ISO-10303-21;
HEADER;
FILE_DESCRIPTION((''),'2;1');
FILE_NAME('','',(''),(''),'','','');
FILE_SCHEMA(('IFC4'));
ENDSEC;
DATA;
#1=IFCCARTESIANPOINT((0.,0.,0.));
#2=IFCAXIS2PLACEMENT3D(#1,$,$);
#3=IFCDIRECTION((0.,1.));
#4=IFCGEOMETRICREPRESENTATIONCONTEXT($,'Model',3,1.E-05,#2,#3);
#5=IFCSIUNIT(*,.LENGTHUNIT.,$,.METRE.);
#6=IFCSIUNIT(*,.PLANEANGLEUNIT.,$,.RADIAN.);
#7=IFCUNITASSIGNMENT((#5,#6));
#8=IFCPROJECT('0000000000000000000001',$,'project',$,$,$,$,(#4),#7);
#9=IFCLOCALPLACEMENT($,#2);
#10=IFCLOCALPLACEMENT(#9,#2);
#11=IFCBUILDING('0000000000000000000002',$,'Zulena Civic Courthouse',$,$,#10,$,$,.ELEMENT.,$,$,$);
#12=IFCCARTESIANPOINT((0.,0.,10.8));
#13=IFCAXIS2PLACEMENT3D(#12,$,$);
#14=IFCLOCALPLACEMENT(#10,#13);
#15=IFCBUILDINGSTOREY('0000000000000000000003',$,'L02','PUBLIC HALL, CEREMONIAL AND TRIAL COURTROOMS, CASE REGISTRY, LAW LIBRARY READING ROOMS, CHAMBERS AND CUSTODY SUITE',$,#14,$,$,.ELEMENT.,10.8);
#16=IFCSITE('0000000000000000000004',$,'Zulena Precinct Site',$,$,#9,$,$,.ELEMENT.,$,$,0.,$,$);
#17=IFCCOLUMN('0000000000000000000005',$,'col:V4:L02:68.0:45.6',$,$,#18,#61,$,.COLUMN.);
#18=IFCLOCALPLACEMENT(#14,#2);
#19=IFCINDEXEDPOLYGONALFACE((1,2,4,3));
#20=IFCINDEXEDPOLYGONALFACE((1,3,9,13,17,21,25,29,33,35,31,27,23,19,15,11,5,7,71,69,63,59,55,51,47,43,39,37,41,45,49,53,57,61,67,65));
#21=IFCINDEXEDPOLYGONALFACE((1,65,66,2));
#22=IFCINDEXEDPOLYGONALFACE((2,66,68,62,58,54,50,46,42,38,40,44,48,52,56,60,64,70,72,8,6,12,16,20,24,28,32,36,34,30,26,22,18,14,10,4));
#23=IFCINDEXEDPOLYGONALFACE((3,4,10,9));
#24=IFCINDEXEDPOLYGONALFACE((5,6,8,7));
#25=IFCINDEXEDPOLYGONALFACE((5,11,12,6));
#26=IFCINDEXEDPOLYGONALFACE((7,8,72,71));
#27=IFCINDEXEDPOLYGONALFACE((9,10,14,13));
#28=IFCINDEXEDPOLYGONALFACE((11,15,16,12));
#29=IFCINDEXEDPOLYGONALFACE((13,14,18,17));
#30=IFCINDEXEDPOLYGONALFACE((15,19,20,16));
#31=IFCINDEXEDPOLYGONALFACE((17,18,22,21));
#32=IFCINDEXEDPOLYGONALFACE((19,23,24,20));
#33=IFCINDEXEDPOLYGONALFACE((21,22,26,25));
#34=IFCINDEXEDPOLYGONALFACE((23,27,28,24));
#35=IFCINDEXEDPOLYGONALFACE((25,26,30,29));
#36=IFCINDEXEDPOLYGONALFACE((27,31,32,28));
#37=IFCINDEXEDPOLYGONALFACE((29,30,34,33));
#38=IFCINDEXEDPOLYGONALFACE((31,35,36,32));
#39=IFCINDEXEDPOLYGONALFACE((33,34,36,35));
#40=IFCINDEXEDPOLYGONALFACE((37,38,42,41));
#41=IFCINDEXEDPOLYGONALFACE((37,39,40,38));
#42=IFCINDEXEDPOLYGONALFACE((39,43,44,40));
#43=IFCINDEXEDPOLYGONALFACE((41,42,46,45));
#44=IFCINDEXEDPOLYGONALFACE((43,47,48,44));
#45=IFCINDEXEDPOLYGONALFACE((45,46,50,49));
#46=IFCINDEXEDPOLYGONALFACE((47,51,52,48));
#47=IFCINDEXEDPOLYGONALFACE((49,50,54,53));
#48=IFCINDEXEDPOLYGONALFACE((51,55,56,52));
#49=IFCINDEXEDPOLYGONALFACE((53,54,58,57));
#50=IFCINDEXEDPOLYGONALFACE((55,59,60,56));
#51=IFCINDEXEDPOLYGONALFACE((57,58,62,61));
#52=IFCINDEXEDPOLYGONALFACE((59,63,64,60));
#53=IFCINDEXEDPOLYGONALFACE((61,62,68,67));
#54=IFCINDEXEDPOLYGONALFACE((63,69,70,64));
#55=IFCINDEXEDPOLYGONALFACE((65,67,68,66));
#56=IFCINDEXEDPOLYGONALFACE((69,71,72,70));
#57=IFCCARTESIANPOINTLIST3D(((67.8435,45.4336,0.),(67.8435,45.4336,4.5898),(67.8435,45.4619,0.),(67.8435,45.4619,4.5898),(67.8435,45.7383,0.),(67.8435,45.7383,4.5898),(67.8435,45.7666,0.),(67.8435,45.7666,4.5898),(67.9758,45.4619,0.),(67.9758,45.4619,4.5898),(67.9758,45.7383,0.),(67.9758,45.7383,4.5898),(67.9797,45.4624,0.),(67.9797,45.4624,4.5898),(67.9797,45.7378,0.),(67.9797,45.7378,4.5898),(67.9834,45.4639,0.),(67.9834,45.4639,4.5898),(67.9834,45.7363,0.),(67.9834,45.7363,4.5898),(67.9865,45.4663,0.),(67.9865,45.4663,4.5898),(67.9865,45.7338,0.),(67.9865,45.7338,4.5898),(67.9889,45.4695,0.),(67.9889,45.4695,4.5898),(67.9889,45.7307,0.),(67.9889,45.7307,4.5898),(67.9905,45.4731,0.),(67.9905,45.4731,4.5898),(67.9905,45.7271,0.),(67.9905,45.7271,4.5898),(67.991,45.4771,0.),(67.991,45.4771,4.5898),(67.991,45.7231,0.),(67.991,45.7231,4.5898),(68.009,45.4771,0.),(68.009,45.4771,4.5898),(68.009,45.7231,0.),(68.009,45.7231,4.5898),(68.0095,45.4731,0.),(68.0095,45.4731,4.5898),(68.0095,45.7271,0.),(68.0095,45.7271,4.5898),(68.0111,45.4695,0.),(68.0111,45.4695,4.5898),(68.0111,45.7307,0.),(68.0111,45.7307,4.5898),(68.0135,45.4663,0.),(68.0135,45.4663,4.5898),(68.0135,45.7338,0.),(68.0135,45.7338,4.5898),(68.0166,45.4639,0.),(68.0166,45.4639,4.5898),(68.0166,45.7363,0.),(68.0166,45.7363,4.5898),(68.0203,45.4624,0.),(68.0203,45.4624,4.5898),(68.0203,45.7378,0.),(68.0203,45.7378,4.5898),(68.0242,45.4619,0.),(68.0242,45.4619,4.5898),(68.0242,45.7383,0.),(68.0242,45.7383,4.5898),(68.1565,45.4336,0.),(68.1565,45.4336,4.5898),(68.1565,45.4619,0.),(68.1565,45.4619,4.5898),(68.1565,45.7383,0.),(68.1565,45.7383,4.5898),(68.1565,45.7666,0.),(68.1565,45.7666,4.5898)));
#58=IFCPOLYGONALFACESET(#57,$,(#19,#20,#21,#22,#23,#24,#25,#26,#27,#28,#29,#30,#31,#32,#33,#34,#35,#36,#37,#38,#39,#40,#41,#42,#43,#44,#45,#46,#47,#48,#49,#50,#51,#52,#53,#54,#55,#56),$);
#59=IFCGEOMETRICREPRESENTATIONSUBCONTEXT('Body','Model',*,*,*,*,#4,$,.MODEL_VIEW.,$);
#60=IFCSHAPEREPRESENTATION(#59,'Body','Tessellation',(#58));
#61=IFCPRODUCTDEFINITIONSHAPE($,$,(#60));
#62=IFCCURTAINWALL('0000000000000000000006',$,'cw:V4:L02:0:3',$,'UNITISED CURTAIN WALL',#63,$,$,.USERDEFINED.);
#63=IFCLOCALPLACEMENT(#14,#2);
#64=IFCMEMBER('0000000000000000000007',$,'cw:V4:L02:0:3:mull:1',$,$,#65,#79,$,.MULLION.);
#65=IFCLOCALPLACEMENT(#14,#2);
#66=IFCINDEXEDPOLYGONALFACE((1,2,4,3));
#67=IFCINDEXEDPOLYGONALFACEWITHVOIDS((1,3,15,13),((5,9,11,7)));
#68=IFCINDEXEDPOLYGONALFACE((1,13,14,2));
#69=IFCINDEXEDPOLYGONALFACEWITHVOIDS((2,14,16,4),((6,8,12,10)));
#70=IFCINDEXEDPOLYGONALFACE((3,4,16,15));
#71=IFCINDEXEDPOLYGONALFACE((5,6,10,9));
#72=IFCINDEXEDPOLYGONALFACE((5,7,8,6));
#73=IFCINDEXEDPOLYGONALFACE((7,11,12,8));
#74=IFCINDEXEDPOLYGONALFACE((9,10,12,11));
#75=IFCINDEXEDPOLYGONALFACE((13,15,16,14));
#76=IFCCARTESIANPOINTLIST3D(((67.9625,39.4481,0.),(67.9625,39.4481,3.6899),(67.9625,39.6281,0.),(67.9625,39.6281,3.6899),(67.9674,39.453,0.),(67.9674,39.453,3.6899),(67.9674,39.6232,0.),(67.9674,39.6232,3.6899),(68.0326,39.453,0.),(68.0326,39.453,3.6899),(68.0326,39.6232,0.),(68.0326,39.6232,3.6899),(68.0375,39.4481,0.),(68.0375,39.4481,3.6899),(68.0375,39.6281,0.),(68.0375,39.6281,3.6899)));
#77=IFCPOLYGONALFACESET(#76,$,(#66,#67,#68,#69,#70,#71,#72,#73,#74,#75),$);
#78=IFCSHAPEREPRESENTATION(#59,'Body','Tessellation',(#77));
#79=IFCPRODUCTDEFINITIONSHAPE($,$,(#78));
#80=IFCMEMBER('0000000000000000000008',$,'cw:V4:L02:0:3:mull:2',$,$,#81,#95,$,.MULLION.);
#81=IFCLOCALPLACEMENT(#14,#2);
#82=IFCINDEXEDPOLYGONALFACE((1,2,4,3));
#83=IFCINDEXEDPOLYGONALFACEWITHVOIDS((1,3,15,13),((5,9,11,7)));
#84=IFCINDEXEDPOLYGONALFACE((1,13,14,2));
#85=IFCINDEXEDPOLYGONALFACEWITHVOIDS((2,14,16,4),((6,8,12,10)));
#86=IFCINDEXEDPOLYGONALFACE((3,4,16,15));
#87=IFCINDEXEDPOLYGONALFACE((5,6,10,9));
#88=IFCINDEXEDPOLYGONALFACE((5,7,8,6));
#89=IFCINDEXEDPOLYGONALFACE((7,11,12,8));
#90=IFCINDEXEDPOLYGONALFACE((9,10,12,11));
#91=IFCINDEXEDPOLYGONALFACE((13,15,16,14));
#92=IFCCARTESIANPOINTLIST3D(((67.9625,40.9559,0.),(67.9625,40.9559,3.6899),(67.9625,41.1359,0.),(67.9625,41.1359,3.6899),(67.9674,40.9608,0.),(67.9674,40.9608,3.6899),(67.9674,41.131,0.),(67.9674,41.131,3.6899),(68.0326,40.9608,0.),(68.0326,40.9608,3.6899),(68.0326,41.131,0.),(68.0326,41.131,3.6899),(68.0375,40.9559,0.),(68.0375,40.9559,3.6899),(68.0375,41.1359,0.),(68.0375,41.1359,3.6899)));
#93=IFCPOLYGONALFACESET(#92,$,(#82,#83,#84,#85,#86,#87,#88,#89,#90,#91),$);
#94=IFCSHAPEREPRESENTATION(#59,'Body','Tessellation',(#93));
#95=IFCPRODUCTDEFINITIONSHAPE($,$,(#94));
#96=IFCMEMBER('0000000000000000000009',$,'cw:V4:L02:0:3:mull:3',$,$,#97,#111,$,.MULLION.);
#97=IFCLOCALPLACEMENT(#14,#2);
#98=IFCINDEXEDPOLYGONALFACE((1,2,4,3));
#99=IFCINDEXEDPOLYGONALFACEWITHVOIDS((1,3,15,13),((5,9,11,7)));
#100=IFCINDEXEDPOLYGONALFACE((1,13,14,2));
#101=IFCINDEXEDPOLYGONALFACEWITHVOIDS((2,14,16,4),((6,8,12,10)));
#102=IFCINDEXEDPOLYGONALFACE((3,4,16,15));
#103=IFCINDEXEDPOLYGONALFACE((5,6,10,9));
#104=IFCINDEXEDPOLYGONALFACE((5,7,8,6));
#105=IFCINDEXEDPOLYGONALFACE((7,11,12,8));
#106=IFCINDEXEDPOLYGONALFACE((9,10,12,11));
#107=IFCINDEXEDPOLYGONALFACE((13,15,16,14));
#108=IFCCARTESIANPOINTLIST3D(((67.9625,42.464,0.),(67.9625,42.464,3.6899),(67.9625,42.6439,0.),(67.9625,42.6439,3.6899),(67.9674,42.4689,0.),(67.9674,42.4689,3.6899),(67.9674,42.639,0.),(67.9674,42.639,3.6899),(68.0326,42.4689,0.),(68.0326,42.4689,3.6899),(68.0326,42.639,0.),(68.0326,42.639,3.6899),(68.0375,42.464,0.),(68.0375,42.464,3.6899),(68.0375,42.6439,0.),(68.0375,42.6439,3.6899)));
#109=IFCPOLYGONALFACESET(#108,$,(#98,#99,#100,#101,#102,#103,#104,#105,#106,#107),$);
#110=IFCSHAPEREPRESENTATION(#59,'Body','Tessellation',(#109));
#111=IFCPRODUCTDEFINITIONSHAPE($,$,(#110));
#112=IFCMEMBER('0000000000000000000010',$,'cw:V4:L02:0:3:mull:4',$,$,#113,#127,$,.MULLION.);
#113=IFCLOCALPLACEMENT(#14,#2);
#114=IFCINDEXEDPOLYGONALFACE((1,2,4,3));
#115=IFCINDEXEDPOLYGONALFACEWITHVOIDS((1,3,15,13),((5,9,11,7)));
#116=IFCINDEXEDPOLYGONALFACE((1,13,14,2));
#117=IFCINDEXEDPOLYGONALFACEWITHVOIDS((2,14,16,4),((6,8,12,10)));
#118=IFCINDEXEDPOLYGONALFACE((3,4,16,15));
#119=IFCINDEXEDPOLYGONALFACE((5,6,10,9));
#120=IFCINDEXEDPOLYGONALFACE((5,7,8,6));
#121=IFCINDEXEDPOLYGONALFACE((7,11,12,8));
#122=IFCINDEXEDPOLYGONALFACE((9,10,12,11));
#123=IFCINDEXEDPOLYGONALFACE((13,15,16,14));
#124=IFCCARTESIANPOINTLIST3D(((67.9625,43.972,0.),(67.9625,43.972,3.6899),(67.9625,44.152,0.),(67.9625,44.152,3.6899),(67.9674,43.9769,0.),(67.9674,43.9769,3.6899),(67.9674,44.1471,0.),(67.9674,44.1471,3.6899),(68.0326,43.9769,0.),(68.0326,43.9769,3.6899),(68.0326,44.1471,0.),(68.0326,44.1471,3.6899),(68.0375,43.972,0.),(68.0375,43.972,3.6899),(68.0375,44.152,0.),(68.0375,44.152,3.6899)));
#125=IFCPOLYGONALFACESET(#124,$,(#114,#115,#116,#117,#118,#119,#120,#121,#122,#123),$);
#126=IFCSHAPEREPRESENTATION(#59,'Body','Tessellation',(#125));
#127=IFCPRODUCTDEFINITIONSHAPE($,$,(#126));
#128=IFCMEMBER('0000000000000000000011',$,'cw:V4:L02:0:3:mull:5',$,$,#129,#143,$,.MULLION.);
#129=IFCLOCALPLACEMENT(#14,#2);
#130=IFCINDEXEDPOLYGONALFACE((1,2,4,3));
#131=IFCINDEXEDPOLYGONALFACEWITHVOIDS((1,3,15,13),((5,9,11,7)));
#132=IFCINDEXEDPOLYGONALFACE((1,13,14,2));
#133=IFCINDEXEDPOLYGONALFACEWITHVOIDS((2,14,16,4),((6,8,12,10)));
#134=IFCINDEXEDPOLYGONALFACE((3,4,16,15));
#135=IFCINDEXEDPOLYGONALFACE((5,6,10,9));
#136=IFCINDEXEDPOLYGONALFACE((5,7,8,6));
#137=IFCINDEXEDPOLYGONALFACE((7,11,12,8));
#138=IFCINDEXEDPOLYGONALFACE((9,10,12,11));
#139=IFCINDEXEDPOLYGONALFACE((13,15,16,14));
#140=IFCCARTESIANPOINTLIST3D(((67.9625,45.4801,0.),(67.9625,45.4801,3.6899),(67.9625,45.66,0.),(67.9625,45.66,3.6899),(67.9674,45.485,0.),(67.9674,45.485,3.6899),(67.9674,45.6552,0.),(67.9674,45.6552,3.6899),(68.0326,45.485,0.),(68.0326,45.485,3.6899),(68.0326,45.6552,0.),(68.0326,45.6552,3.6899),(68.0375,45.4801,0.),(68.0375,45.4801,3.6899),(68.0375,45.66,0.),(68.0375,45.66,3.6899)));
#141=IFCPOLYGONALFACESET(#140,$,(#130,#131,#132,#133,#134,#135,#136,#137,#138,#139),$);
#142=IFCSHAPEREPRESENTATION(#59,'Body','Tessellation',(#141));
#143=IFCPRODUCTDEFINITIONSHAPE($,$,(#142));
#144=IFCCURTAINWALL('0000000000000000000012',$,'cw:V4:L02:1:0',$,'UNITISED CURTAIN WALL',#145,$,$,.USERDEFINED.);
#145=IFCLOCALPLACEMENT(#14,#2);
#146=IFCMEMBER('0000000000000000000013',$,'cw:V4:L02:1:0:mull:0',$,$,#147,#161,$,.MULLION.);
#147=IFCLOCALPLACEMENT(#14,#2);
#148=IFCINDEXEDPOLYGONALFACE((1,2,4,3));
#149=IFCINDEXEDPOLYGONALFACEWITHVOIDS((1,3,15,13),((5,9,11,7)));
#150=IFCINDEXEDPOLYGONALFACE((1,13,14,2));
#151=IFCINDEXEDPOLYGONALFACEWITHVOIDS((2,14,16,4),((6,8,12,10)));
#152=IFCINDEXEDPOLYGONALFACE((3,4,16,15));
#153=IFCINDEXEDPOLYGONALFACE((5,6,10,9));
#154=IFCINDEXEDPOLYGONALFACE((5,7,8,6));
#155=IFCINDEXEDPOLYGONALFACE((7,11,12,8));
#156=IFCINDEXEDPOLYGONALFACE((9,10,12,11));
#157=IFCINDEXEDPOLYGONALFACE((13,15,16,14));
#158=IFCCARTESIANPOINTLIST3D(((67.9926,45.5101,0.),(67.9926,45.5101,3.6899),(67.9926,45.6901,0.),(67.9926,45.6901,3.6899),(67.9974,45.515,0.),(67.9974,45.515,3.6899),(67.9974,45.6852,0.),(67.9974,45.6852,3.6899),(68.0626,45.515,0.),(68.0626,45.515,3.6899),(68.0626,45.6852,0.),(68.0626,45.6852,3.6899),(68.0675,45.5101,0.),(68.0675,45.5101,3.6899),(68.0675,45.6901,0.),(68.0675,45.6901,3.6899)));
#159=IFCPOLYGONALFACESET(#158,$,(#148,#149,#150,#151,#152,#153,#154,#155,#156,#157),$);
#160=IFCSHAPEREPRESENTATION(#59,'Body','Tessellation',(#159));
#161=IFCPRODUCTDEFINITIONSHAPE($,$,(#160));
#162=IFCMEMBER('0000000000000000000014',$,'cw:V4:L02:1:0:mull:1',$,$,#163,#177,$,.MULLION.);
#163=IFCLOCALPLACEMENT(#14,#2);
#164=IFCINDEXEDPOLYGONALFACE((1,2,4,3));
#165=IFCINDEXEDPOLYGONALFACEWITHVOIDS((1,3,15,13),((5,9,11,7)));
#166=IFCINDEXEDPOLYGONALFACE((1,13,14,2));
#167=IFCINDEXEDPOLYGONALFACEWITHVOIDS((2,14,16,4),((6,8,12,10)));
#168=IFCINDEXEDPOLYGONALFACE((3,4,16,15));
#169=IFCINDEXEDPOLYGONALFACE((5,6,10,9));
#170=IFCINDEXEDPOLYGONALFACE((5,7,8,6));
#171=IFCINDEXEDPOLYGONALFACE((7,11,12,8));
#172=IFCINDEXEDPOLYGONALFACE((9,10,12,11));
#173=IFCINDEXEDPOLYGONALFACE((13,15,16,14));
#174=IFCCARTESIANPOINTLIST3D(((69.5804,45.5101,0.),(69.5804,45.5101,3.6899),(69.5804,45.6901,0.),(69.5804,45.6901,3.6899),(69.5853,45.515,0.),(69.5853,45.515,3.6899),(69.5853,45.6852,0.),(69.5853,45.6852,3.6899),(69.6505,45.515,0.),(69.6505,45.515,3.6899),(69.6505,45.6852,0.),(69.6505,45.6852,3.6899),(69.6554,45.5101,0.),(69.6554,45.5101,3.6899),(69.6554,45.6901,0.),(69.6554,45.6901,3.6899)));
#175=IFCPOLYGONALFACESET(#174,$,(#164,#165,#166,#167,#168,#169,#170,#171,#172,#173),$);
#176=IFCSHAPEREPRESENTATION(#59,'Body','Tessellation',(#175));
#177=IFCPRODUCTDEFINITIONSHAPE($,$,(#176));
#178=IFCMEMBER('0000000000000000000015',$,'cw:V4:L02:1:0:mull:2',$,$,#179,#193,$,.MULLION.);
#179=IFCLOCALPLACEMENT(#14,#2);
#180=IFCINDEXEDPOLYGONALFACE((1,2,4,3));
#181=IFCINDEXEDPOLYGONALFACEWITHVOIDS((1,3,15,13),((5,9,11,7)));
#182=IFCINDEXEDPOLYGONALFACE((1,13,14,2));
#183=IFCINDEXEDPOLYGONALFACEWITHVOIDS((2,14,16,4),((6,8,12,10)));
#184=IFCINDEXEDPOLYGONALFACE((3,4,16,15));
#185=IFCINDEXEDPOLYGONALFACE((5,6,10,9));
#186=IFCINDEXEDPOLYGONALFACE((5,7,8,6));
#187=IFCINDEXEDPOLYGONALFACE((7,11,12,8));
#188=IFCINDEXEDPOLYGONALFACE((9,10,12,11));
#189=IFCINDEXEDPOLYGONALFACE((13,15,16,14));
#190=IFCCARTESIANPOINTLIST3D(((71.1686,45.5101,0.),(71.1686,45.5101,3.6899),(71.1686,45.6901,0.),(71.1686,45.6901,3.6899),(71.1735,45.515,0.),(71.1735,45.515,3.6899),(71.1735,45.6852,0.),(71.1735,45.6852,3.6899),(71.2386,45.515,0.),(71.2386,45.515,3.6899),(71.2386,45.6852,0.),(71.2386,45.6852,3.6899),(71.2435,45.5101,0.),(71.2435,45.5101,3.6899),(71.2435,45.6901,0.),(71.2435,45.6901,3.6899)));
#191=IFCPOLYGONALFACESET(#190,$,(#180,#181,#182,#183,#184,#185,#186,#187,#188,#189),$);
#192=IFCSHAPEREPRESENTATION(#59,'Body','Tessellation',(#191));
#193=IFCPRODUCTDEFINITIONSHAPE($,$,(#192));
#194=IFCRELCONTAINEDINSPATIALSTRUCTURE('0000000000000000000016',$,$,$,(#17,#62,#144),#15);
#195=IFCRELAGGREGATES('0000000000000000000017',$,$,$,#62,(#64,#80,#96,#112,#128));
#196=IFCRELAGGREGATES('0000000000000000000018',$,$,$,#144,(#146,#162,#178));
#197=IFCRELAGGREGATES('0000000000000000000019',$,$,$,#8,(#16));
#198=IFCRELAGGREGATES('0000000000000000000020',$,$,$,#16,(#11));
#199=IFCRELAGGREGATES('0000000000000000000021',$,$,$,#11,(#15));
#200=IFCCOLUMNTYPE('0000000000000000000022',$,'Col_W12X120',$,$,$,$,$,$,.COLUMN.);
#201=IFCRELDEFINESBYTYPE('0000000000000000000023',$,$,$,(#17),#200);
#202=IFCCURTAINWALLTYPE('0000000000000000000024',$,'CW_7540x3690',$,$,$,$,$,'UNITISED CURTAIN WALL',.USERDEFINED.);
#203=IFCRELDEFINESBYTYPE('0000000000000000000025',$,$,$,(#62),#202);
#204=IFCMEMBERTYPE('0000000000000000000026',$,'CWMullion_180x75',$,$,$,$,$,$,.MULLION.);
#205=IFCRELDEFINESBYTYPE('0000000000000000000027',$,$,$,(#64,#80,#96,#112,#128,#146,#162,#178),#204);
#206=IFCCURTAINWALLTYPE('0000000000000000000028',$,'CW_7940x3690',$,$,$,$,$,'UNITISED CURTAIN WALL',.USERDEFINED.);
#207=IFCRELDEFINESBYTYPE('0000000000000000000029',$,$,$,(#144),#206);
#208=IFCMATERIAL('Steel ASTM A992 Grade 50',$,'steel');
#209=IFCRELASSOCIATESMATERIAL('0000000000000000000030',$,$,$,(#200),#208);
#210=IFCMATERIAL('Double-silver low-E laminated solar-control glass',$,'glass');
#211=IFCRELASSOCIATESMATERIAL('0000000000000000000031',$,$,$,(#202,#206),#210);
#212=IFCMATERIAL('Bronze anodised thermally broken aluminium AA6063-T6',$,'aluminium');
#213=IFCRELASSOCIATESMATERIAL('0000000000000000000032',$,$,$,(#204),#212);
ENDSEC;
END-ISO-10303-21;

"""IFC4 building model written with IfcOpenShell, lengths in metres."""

from ifc_helpers import new_model, si_unit, direction, frame, origin, origin_2d, place, context, subcontext, project, spatial, hollow_rectangle, i_section, extrude, material, material_profile, profile_set, type_object, element, aggregate, save


model = new_model("IFC4")

# Units and contexts
model_context = context("Model", 3, precision=1e-05, world=origin(), true_north=direction((0.0, 1.0)))
body_context = subcontext(model_context, "Body", "Model", "MODEL_VIEW")
ifc_project = project(units=[si_unit("LENGTHUNIT", "METRE"), si_unit("PLANEANGLEUNIT", "RADIAN")], contexts=[model_context])

# Site, building, storey
site_placement = place(None, origin())
site = spatial("IfcSite", under=ifc_project, at=site_placement, Name="Zulena Precinct Site", CompositionType="ELEMENT", RefElevation=0.0)
building_placement = place(site_placement, origin())
building = spatial("IfcBuilding", under=site, at=building_placement, Name="Zulena Civic Courthouse", CompositionType="ELEMENT")
storey_placement = place(building_placement, frame((0.0, 0.0, 10.8)))
storey = spatial("IfcBuildingStorey", under=building, at=storey_placement, Name="L02", Description="PUBLIC HALL, CEREMONIAL AND TRIAL COURTROOMS, CASE REGISTRY, LAW LIBRARY READING ROOMS, CHAMBERS AND CUSTODY SUITE", CompositionType="ELEMENT", Elevation=10.8)

# Column
ifc_material_1 = material(Name="Steel ASTM A992 Grade 50", Category="steel")
ifc_material_profile_1 = material_profile(ifc_material_1, i_section(OverallWidth=0.313, OverallDepth=0.333, WebThickness=0.0181, FlangeThickness=0.0283, FilletRadius=0.0151, at=origin_2d()), Name="W12X120")
ifc_profile_set_1 = profile_set([ifc_material_profile_1], Name="Steel ASTM A992 Grade 50")
column_type = type_object("IfcColumnType", Name="Col_W12X120", PredefinedType="COLUMN", material=ifc_profile_set_1)
column_placement = place(storey_placement, frame((68.0, 45.6001, 0.0), z_axis=(0.0, 0.0, 1.0), x_axis=(1.0, 0.0, 0.0)))
element("IfcColumn", 1, at=column_placement, inside=storey, type_object=column_type, Name="col:V4:L02:68.0:45.6", PredefinedType="COLUMN", context=body_context, shape_type="SweptSolid", body=[
    extrude(i_section(OverallWidth=0.313, OverallDepth=0.333, WebThickness=0.0181, FlangeThickness=0.0283, FilletRadius=0.0151, at=origin_2d()), origin(), (0.0, 0.0, 1.0), 4.5898),
])

# Curtain walls, members
ifc_material_2 = material(Name="Double-silver low-E laminated solar-control glass", Category="glass")
curtain_wall_type_1 = type_object("IfcCurtainWallType", Name="CW_7540x3690", ElementType="UNITISED CURTAIN WALL", PredefinedType="USERDEFINED", material=ifc_material_2)
curtain_wall_1_placement = place(storey_placement, origin())
curtain_wall_1 = element("IfcCurtainWall", 2, at=curtain_wall_1_placement, inside=storey, type_object=curtain_wall_type_1, Name="cw:V4:L02:0:3", ObjectType="UNITISED CURTAIN WALL", PredefinedType="USERDEFINED")
ifc_material_3 = material(Name="Bronze anodised thermally broken aluminium AA6063-T6", Category="aluminium")
ifc_material_profile_2 = material_profile(ifc_material_3, hollow_rectangle(XDim=0.075, YDim=0.1799, WallThickness=0.0049, at=origin_2d()), Name="CWM180X75X5")
ifc_profile_set_2 = profile_set([ifc_material_profile_2], Name="Bronze anodised thermally broken aluminium AA6063-T6")
member_type_1 = type_object("IfcMemberType", Name="CWMullion_180x75", PredefinedType="MULLION", material=ifc_profile_set_2)
member_1_placement = place(storey_placement, frame((68.0, 39.5381, 0.0), z_axis=(0.0, 0.0, 1.0), x_axis=(1.0, 0.0, 0.0)))
member_1 = element("IfcMember", 3, at=member_1_placement, type_object=member_type_1, Name="cw:V4:L02:0:3:mull:1", PredefinedType="MULLION", context=body_context, shape_type="SweptSolid", body=[
    extrude(hollow_rectangle(XDim=0.075, YDim=0.1799, WallThickness=0.0049, at=origin_2d()), origin(), (0.0, 0.0, 1.0), 3.6899),
])
member_2_placement = place(storey_placement, frame((68.0, 41.0459, 0.0), z_axis=(0.0, 0.0, 1.0), x_axis=(1.0, 0.0, 0.0)))
member_2 = element("IfcMember", 4, at=member_2_placement, type_object=member_type_1, Name="cw:V4:L02:0:3:mull:2", PredefinedType="MULLION", context=body_context, shape_type="SweptSolid", body=[
    extrude(hollow_rectangle(XDim=0.075, YDim=0.1799, WallThickness=0.0049, at=origin_2d()), origin(), (0.0, 0.0, 1.0), 3.6899),
])
member_3_placement = place(storey_placement, frame((68.0, 42.554, 0.0), z_axis=(0.0, 0.0, 1.0), x_axis=(1.0, 0.0, 0.0)))
member_3 = element("IfcMember", 5, at=member_3_placement, type_object=member_type_1, Name="cw:V4:L02:0:3:mull:3", PredefinedType="MULLION", context=body_context, shape_type="SweptSolid", body=[
    extrude(hollow_rectangle(XDim=0.075, YDim=0.1799, WallThickness=0.0049, at=origin_2d()), origin(), (0.0, 0.0, 1.0), 3.6899),
])
member_4_placement = place(storey_placement, frame((68.0, 44.062, 0.0), z_axis=(0.0, 0.0, 1.0), x_axis=(1.0, 0.0, 0.0)))
member_4 = element("IfcMember", 6, at=member_4_placement, type_object=member_type_1, Name="cw:V4:L02:0:3:mull:4", PredefinedType="MULLION", context=body_context, shape_type="SweptSolid", body=[
    extrude(hollow_rectangle(XDim=0.075, YDim=0.1799, WallThickness=0.0049, at=origin_2d()), origin(), (0.0, 0.0, 1.0), 3.6899),
])
member_5_placement = place(storey_placement, frame((68.0, 45.5701, 0.0), z_axis=(0.0, 0.0, 1.0), x_axis=(1.0, 0.0, 0.0)))
member_5 = element("IfcMember", 7, at=member_5_placement, type_object=member_type_1, Name="cw:V4:L02:0:3:mull:5", PredefinedType="MULLION", context=body_context, shape_type="SweptSolid", body=[
    extrude(hollow_rectangle(XDim=0.075, YDim=0.1799, WallThickness=0.0049, at=origin_2d()), origin(), (0.0, 0.0, 1.0), 3.6899),
])
curtain_wall_type_2 = type_object("IfcCurtainWallType", Name="CW_7940x3690", ElementType="UNITISED CURTAIN WALL", PredefinedType="USERDEFINED", material=ifc_material_2)
curtain_wall_2_placement = place(storey_placement, origin())
curtain_wall_2 = element("IfcCurtainWall", 8, at=curtain_wall_2_placement, inside=storey, type_object=curtain_wall_type_2, Name="cw:V4:L02:1:0", ObjectType="UNITISED CURTAIN WALL", PredefinedType="USERDEFINED")
member_6_placement = place(storey_placement, frame((68.03, 45.6001, 0.0), z_axis=(0.0, 0.0, 1.0), x_axis=(1.0, 0.0, 0.0)))
member_6 = element("IfcMember", 9, at=member_6_placement, type_object=member_type_1, Name="cw:V4:L02:1:0:mull:0", PredefinedType="MULLION", context=body_context, shape_type="SweptSolid", body=[
    extrude(hollow_rectangle(XDim=0.075, YDim=0.1799, WallThickness=0.0049, at=origin_2d()), origin(), (0.0, 0.0, 1.0), 3.6899),
])
member_7_placement = place(storey_placement, frame((69.6179, 45.6001, 0.0), z_axis=(0.0, 0.0, 1.0), x_axis=(1.0, 0.0, 0.0)))
member_7 = element("IfcMember", 10, at=member_7_placement, type_object=member_type_1, Name="cw:V4:L02:1:0:mull:1", PredefinedType="MULLION", context=body_context, shape_type="SweptSolid", body=[
    extrude(hollow_rectangle(XDim=0.075, YDim=0.1799, WallThickness=0.0049, at=origin_2d()), origin(), (0.0, 0.0, 1.0), 3.6899),
])
member_8_placement = place(storey_placement, frame((71.2061, 45.6001, 0.0), z_axis=(0.0, 0.0, 1.0), x_axis=(1.0, 0.0, 0.0)))
member_8 = element("IfcMember", 11, at=member_8_placement, type_object=member_type_1, Name="cw:V4:L02:1:0:mull:2", PredefinedType="MULLION", context=body_context, shape_type="SweptSolid", body=[
    extrude(hollow_rectangle(XDim=0.075, YDim=0.1799, WallThickness=0.0049, at=origin_2d()), origin(), (0.0, 0.0, 1.0), 3.6899),
])

aggregate(curtain_wall_1, [member_1, member_2, member_3, member_4, member_5])
aggregate(curtain_wall_2, [member_6, member_7, member_8])

save(model, "model.ifc")
